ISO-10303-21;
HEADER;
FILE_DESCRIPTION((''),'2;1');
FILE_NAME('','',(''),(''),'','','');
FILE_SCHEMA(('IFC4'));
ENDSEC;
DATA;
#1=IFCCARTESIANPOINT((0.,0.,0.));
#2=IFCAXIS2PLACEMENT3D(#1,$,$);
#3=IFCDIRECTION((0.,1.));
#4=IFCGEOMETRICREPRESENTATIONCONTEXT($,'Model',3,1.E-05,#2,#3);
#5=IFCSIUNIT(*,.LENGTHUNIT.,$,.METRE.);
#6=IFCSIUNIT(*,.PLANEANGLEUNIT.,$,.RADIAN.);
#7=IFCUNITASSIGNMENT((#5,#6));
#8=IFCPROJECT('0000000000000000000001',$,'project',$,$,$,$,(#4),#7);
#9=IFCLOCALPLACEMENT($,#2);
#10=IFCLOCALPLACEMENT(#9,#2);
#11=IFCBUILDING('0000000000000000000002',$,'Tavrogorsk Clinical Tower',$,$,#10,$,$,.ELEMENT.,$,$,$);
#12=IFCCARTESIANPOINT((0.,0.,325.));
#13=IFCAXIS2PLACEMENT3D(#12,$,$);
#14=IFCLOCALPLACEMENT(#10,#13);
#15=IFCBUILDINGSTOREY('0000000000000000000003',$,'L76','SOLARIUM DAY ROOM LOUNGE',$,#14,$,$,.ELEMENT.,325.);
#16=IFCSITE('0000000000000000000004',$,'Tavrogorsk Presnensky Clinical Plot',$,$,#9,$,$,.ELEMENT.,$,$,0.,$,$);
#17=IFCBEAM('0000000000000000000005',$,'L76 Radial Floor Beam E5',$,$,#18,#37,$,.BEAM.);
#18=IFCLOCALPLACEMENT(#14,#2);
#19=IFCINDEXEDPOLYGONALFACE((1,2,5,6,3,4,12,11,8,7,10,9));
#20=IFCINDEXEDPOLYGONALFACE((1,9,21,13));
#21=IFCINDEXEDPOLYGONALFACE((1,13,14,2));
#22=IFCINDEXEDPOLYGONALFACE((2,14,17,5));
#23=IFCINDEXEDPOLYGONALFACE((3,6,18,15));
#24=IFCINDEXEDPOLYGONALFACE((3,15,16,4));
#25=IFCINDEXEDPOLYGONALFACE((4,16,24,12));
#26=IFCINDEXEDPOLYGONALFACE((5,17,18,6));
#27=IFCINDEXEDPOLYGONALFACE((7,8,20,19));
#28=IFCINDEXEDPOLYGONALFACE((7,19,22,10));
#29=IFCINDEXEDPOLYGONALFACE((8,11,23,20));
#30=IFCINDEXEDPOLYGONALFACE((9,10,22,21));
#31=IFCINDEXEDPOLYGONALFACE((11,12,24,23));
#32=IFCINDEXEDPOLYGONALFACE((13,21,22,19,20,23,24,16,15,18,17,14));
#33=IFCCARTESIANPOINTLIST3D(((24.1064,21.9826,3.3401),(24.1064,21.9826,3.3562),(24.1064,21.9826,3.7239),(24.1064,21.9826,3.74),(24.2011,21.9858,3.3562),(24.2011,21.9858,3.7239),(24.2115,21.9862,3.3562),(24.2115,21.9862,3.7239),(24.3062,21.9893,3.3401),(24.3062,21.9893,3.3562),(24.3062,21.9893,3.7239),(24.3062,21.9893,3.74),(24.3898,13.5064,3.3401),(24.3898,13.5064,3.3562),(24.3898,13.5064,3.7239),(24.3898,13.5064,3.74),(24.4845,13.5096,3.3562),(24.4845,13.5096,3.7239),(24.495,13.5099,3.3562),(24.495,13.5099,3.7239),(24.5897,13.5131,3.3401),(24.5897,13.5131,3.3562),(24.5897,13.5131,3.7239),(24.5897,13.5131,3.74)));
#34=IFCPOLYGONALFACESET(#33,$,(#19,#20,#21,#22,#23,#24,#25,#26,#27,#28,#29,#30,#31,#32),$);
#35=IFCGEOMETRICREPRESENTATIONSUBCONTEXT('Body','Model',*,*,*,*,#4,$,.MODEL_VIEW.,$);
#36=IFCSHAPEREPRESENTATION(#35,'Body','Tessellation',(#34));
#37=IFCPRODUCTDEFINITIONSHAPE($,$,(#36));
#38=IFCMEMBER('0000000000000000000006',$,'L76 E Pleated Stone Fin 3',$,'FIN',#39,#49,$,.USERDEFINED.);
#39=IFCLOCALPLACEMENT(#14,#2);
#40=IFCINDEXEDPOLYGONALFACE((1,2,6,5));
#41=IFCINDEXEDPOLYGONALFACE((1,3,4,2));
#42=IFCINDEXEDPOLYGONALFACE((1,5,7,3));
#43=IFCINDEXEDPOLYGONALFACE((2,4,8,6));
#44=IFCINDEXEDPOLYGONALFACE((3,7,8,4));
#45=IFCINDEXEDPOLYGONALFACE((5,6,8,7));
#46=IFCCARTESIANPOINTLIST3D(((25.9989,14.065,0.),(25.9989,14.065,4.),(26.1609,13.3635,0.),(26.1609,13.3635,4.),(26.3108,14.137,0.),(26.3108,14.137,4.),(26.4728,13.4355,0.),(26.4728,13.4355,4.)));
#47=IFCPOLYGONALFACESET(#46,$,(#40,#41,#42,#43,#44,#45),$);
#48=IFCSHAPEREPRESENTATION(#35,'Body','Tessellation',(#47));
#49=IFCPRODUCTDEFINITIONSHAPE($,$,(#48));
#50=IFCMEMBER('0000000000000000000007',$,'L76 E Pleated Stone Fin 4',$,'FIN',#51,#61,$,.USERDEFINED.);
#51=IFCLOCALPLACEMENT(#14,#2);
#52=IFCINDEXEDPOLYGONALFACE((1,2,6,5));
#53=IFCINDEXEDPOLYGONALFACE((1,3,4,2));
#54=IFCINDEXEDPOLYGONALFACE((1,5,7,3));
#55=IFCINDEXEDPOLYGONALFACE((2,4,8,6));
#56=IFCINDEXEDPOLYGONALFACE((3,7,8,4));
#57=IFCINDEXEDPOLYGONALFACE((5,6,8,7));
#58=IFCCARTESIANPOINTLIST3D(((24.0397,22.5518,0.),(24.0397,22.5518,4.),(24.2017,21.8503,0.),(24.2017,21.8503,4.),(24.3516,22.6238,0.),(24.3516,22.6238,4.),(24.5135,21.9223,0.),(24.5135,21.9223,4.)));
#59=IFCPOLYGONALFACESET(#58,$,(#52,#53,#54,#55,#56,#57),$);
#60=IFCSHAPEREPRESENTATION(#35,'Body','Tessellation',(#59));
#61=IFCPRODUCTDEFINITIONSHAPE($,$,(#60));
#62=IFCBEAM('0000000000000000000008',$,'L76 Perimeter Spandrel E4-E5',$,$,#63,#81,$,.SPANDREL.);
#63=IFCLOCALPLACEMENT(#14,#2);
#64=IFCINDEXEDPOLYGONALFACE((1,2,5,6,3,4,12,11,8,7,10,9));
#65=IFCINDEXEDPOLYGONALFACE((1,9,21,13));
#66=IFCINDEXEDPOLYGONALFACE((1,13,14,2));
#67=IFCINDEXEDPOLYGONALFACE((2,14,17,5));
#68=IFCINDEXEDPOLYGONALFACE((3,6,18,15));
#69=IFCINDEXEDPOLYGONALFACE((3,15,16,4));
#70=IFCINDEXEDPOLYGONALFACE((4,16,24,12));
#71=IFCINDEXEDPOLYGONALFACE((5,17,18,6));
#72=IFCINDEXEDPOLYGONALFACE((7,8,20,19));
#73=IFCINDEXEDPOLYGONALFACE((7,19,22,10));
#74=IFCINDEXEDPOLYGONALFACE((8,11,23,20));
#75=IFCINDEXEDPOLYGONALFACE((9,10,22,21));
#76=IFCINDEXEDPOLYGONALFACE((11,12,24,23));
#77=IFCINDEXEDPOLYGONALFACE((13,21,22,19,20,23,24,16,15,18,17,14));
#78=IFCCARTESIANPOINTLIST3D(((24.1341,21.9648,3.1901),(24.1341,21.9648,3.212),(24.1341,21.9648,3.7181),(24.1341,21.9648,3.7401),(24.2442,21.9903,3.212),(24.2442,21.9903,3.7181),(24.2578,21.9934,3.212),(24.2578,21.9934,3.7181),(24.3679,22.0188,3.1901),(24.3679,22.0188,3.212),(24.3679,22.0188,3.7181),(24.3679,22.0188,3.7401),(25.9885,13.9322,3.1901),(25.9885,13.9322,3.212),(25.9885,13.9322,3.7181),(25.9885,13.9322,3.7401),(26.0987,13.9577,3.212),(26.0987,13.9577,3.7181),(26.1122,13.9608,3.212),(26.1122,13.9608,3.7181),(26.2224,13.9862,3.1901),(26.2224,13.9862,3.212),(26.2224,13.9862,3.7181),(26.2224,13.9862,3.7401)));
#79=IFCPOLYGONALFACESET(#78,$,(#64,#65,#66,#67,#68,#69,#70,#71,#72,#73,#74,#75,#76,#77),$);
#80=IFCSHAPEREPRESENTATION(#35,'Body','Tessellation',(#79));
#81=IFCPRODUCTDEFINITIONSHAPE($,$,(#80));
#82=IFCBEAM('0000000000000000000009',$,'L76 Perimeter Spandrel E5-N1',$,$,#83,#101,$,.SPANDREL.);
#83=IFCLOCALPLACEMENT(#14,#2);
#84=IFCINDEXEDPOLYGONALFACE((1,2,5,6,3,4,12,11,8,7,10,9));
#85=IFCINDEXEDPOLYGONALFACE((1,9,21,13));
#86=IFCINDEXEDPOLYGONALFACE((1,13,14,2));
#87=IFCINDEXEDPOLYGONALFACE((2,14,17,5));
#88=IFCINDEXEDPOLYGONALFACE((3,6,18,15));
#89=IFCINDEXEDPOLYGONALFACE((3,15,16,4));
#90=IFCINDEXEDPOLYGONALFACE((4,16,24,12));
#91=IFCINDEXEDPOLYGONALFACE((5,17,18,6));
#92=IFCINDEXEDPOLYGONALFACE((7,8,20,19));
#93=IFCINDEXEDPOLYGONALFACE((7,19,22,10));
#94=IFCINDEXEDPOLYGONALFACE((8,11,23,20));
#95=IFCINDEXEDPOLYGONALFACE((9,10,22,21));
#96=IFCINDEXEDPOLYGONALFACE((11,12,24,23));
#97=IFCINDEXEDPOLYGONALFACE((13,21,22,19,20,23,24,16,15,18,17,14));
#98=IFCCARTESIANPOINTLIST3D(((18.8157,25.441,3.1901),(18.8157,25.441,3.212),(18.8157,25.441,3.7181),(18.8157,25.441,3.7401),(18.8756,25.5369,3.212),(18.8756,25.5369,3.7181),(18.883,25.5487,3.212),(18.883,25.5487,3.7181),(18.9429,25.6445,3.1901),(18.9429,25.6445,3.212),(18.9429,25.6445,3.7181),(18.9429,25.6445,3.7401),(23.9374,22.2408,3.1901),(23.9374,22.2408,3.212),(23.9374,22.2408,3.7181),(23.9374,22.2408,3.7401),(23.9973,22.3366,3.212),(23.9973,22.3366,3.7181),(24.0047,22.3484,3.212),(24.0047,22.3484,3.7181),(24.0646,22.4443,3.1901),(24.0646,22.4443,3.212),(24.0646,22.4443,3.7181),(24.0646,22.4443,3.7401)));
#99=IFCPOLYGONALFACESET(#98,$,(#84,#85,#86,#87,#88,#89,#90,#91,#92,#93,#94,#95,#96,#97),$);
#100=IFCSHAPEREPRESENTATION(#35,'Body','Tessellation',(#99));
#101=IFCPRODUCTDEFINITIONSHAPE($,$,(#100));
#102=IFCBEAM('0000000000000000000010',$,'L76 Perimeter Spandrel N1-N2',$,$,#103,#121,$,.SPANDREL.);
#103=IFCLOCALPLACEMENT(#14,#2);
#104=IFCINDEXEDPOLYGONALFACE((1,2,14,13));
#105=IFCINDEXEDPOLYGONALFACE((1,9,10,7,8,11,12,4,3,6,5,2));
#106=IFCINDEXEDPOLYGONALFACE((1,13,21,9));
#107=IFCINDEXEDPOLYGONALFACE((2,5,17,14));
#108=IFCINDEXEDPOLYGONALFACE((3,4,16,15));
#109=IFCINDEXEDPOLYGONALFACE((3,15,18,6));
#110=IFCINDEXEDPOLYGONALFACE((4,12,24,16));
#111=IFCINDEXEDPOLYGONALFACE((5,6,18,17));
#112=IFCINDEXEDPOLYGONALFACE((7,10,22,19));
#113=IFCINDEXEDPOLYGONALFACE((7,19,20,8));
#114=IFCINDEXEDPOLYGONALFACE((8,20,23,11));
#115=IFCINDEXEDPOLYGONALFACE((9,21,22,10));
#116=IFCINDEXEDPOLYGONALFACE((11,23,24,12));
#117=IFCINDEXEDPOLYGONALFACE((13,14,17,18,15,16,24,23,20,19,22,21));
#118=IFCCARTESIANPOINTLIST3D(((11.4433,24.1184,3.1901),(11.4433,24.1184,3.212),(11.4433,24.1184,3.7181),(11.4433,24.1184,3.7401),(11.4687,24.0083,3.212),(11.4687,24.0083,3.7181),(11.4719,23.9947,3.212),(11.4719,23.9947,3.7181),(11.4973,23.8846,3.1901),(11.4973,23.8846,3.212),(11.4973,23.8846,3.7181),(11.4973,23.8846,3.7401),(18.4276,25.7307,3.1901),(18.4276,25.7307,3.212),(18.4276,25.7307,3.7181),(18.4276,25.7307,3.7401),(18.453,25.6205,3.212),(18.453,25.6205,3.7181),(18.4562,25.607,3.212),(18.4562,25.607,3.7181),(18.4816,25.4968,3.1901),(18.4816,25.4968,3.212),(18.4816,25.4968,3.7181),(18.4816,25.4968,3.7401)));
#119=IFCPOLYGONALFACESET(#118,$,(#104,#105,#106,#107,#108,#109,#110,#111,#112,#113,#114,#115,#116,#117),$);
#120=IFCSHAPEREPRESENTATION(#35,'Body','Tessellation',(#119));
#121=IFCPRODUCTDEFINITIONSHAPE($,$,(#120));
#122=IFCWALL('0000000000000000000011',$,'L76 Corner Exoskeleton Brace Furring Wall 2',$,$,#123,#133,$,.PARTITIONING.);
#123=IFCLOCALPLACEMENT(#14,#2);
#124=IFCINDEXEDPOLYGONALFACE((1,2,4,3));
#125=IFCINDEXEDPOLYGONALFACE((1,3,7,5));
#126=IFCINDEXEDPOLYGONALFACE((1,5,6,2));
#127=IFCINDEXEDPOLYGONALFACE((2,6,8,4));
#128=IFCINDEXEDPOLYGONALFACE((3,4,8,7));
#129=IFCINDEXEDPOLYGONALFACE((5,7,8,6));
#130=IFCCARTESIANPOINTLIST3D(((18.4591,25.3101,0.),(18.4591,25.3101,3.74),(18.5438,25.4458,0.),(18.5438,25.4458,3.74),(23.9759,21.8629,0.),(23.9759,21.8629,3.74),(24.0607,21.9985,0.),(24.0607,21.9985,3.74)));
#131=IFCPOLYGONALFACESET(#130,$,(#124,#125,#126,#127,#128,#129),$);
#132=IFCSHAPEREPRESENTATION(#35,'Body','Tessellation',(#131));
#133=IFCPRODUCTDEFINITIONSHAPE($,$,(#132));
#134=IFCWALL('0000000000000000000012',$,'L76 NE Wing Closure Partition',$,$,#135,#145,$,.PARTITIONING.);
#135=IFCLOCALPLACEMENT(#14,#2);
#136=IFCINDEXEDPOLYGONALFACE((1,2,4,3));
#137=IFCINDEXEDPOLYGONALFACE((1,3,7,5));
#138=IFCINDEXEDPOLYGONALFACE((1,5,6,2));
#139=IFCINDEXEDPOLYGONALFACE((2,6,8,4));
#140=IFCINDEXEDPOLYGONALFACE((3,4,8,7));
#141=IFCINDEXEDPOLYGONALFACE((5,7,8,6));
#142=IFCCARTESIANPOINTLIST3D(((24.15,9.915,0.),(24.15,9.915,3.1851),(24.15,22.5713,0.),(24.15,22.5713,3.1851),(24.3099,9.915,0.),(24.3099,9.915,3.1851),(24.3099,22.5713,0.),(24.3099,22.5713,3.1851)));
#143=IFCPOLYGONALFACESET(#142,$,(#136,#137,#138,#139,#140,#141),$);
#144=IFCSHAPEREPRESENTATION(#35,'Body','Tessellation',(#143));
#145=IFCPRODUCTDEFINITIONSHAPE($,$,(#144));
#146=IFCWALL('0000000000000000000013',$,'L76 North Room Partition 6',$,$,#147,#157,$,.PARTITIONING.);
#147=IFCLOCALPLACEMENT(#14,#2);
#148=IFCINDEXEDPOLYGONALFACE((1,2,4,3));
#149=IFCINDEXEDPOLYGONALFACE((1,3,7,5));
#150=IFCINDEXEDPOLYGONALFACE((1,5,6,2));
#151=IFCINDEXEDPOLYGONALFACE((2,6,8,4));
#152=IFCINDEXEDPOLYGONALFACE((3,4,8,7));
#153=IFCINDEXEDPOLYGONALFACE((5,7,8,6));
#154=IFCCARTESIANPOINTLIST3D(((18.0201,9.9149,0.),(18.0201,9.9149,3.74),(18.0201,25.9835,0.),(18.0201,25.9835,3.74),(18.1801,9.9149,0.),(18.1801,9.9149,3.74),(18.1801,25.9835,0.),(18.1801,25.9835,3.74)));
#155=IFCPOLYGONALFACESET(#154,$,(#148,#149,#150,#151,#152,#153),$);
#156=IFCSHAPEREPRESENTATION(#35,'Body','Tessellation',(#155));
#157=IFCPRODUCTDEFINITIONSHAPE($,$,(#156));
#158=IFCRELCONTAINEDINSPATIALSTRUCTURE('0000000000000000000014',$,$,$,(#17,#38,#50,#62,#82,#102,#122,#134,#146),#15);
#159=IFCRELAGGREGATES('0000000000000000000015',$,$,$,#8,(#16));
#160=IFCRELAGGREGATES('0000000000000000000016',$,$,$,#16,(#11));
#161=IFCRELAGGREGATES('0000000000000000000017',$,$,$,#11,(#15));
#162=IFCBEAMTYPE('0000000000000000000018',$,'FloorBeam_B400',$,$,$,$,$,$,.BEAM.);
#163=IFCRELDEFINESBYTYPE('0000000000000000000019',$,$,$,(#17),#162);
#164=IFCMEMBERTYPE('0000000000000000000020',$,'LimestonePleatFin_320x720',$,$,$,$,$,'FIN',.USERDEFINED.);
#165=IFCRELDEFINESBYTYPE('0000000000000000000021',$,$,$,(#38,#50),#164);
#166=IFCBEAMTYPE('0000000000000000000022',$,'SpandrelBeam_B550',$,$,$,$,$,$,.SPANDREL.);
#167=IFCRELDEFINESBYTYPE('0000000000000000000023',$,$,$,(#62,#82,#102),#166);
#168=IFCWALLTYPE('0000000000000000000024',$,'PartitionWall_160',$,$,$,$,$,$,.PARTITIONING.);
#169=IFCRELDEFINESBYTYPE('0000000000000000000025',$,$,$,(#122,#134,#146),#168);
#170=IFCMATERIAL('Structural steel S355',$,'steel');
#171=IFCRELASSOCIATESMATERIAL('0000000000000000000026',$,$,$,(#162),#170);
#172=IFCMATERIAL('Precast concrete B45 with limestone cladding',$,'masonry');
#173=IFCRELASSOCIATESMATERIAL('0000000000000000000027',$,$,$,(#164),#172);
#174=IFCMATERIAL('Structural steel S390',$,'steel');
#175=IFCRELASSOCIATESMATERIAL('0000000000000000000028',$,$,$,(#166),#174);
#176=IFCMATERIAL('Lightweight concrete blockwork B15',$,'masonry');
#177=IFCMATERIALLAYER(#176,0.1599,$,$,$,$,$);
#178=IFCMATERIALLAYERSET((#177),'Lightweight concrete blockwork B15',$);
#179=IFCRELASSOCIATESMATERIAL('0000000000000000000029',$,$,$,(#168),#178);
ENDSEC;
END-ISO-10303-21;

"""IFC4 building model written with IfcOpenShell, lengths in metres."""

from ifc_helpers import new_model, si_unit, direction, frame, frame_2d, origin, origin_2d, place, context, subcontext, project, spatial, rectangle, i_section, extrude, material, layer, layer_set, material_profile, profile_set, type_object, element, save


model = new_model("IFC4")

# Units and contexts
model_context = context("Model", 3, precision=1e-05, world=origin(), true_north=direction((0.0, 1.0)))
body_context = subcontext(model_context, "Body", "Model", "MODEL_VIEW")
ifc_project = project(units=[si_unit("LENGTHUNIT", "METRE"), si_unit("PLANEANGLEUNIT", "RADIAN")], contexts=[model_context])

# Site, building, storey
site_placement = place(None, origin())
site = spatial("IfcSite", under=ifc_project, at=site_placement, Name="Tavrogorsk Presnensky Clinical Plot", CompositionType="ELEMENT", RefElevation=0.0)
building_placement = place(site_placement, origin())
building = spatial("IfcBuilding", under=site, at=building_placement, Name="Tavrogorsk Clinical Tower", CompositionType="ELEMENT")
storey_placement = place(building_placement, frame((0.0, 0.0, 325.0)))
storey = spatial("IfcBuildingStorey", under=building, at=storey_placement, Name="L76", Description="SOLARIUM DAY ROOM LOUNGE", CompositionType="ELEMENT", Elevation=325.0)

# Beam
ifc_material_1 = material(Name="Structural steel S355", Category="steel")
ifc_material_profile_1 = material_profile(ifc_material_1, i_section(OverallWidth=0.2, OverallDepth=0.3999, WebThickness=0.0105, FlangeThickness=0.0161, at=origin_2d()), Name="B-400x200x10.5x16")
ifc_profile_set_1 = profile_set([ifc_material_profile_1], Name="Structural steel S355")
beam_type_1 = type_object("IfcBeamType", Name="FloorBeam_B400", PredefinedType="BEAM", material=ifc_profile_set_1)
beam_1_placement = place(storey_placement, frame((24.4897, 13.5098, 3.54), z_axis=(-0.033421, 0.999441, 0.0), x_axis=(-0.999441, -0.033421, 0.0)))
element("IfcBeam", 1, at=beam_1_placement, inside=storey, type_object=beam_type_1, Name="L76 Radial Floor Beam E5", PredefinedType="BEAM", context=body_context, shape_type="SweptSolid", body=[
    extrude(i_section(OverallWidth=0.2, OverallDepth=0.3999, WebThickness=0.0105, FlangeThickness=0.0161, at=origin_2d()), origin(), (0.0, 0.0, 1.0), 8.481),
])

# Members
ifc_material_2 = material(Name="Precast concrete B45 with limestone cladding", Category="masonry")
ifc_material_profile_2 = material_profile(ifc_material_2, rectangle(XDim=0.3201, YDim=0.72, at=origin_2d()), Name="LIMESTONE-FIN-320x720")
ifc_profile_set_2 = profile_set([ifc_material_profile_2], Name="Precast concrete B45 with limestone cladding")
member_type_1 = type_object("IfcMemberType", Name="LimestonePleatFin_320x720", ElementType="FIN", PredefinedType="USERDEFINED", material=ifc_profile_set_2)
for number, where, z_axis, x_axis, name in (
    (2, (26.2358, 13.7502, 0.0), (0.0, 0.0, 1.0), (0.97437, 0.224951, 0.0), "L76 E Pleated Stone Fin 3"),
    (3, (24.2766, 22.2371, 0.0), (0.0, 0.0, 1.0), (0.97437, 0.224951, 0.0), "L76 E Pleated Stone Fin 4"),
):
    element("IfcMember", number, at=place(storey_placement, frame(where, z_axis=z_axis, x_axis=x_axis)), inside=storey, type_object=member_type_1, Name=name, ObjectType="FIN", PredefinedType="USERDEFINED", context=body_context, shape_type="SweptSolid", body=[
        extrude(rectangle(XDim=0.3201, YDim=0.72, at=origin_2d()), origin(), (0.0, 0.0, 1.0), 4.0),
    ])

# Beams
ifc_material_3 = material(Name="Structural steel S390", Category="steel")
ifc_material_profile_3 = material_profile(ifc_material_3, i_section(OverallWidth=0.24, OverallDepth=0.55, WebThickness=0.0139, FlangeThickness=0.022, at=origin_2d()), Name="B-550x240x14x22")
ifc_profile_set_3 = profile_set([ifc_material_profile_3], Name="Structural steel S390")
beam_type_2 = type_object("IfcBeamType", Name="SpandrelBeam_B550", PredefinedType="SPANDREL", material=ifc_profile_set_3)
beam_2_placement = place(storey_placement, frame((26.1055, 13.9592, 3.4651), z_axis=(-0.22495, 0.97437, 0.0), x_axis=(-0.97437, -0.22495, 0.0)))
element("IfcBeam", 4, at=beam_2_placement, inside=storey, type_object=beam_type_2, Name="L76 Perimeter Spandrel E4-E5", PredefinedType="SPANDREL", context=body_context, shape_type="SweptSolid", body=[
    extrude(i_section(OverallWidth=0.24, OverallDepth=0.55, WebThickness=0.0139, FlangeThickness=0.022, at=origin_2d()), origin(), (0.0, 0.0, 1.0), 8.2439),
])
beam_3_placement = place(storey_placement, frame((24.001, 22.3425, 3.4651), z_axis=(-0.848057, 0.529904, 0.0), x_axis=(-0.529904, -0.848057, 0.0)))
element("IfcBeam", 5, at=beam_3_placement, inside=storey, type_object=beam_type_2, Name="L76 Perimeter Spandrel E5-N1", PredefinedType="SPANDREL", context=body_context, shape_type="SweptSolid", body=[
    extrude(i_section(OverallWidth=0.24, OverallDepth=0.55, WebThickness=0.0139, FlangeThickness=0.022, at=origin_2d()), origin(), (0.0, 0.0, 1.0), 6.0393),
])
beam_4_placement = place(storey_placement, frame((18.4546, 25.6138, 3.4651), z_axis=(-0.974375, -0.224929, 0.0), x_axis=(0.224929, -0.974375, 0.0)))
element("IfcBeam", 6, at=beam_4_placement, inside=storey, type_object=beam_type_2, Name="L76 Perimeter Spandrel N1-N2", PredefinedType="SPANDREL", context=body_context, shape_type="SweptSolid", body=[
    extrude(i_section(OverallWidth=0.24, OverallDepth=0.55, WebThickness=0.0139, FlangeThickness=0.022, at=origin_2d()), origin(), (0.0, 0.0, 1.0), 7.168),
])

# Walls
ifc_material_4 = material(Name="Lightweight concrete blockwork B15", Category="masonry")
ifc_layer_1 = layer(ifc_material_4, 0.1599)
ifc_layer_set_1 = layer_set([ifc_layer_1], Name="Lightweight concrete blockwork B15")
wall_type_1 = type_object("IfcWallType", Name="PartitionWall_160", PredefinedType="PARTITIONING", material=ifc_layer_set_1)
wall_1_placement = place(storey_placement, frame((24.0183, 21.9307, 0.0), z_axis=(0.0, 0.0, 1.0), x_axis=(-0.848051, 0.529915, 0.0)))
element("IfcWall", 7, at=wall_1_placement, inside=storey, type_object=wall_type_1, Name="L76 Corner Exoskeleton Brace Furring Wall 2", PredefinedType="PARTITIONING", context=body_context, shape_type="SweptSolid", body=[
    extrude(rectangle(XDim=6.5054, YDim=0.1599, at=frame_2d((3.2527, 0.0))), origin(), (0.0, 0.0, 1.0), 3.74),
])
wall_2_placement = place(storey_placement, frame((24.23, 9.915, 0.0), z_axis=(0.0, 0.0, 1.0), x_axis=(0.0, 1.0, 0.0)))
element("IfcWall", 8, at=wall_2_placement, inside=storey, type_object=wall_type_1, Name="L76 NE Wing Closure Partition", PredefinedType="PARTITIONING", context=body_context, shape_type="SweptSolid", body=[
    extrude(rectangle(XDim=12.6562, YDim=0.1599, at=frame_2d((6.3281, 0.0))), origin(), (0.0, 0.0, 1.0), 3.1851),
])
wall_3_placement = place(storey_placement, frame((18.1001, 9.915, 0.0), z_axis=(0.0, 0.0, 1.0), x_axis=(0.0, 1.0, 0.0)))
element("IfcWall", 9, at=wall_3_placement, inside=storey, type_object=wall_type_1, Name="L76 North Room Partition 6", PredefinedType="PARTITIONING", context=body_context, shape_type="SweptSolid", body=[
    extrude(rectangle(XDim=16.0686, YDim=0.1599, at=frame_2d((8.0342, 0.0))), origin(), (0.0, 0.0, 1.0), 3.74),
])

save(model, "model.ifc")
